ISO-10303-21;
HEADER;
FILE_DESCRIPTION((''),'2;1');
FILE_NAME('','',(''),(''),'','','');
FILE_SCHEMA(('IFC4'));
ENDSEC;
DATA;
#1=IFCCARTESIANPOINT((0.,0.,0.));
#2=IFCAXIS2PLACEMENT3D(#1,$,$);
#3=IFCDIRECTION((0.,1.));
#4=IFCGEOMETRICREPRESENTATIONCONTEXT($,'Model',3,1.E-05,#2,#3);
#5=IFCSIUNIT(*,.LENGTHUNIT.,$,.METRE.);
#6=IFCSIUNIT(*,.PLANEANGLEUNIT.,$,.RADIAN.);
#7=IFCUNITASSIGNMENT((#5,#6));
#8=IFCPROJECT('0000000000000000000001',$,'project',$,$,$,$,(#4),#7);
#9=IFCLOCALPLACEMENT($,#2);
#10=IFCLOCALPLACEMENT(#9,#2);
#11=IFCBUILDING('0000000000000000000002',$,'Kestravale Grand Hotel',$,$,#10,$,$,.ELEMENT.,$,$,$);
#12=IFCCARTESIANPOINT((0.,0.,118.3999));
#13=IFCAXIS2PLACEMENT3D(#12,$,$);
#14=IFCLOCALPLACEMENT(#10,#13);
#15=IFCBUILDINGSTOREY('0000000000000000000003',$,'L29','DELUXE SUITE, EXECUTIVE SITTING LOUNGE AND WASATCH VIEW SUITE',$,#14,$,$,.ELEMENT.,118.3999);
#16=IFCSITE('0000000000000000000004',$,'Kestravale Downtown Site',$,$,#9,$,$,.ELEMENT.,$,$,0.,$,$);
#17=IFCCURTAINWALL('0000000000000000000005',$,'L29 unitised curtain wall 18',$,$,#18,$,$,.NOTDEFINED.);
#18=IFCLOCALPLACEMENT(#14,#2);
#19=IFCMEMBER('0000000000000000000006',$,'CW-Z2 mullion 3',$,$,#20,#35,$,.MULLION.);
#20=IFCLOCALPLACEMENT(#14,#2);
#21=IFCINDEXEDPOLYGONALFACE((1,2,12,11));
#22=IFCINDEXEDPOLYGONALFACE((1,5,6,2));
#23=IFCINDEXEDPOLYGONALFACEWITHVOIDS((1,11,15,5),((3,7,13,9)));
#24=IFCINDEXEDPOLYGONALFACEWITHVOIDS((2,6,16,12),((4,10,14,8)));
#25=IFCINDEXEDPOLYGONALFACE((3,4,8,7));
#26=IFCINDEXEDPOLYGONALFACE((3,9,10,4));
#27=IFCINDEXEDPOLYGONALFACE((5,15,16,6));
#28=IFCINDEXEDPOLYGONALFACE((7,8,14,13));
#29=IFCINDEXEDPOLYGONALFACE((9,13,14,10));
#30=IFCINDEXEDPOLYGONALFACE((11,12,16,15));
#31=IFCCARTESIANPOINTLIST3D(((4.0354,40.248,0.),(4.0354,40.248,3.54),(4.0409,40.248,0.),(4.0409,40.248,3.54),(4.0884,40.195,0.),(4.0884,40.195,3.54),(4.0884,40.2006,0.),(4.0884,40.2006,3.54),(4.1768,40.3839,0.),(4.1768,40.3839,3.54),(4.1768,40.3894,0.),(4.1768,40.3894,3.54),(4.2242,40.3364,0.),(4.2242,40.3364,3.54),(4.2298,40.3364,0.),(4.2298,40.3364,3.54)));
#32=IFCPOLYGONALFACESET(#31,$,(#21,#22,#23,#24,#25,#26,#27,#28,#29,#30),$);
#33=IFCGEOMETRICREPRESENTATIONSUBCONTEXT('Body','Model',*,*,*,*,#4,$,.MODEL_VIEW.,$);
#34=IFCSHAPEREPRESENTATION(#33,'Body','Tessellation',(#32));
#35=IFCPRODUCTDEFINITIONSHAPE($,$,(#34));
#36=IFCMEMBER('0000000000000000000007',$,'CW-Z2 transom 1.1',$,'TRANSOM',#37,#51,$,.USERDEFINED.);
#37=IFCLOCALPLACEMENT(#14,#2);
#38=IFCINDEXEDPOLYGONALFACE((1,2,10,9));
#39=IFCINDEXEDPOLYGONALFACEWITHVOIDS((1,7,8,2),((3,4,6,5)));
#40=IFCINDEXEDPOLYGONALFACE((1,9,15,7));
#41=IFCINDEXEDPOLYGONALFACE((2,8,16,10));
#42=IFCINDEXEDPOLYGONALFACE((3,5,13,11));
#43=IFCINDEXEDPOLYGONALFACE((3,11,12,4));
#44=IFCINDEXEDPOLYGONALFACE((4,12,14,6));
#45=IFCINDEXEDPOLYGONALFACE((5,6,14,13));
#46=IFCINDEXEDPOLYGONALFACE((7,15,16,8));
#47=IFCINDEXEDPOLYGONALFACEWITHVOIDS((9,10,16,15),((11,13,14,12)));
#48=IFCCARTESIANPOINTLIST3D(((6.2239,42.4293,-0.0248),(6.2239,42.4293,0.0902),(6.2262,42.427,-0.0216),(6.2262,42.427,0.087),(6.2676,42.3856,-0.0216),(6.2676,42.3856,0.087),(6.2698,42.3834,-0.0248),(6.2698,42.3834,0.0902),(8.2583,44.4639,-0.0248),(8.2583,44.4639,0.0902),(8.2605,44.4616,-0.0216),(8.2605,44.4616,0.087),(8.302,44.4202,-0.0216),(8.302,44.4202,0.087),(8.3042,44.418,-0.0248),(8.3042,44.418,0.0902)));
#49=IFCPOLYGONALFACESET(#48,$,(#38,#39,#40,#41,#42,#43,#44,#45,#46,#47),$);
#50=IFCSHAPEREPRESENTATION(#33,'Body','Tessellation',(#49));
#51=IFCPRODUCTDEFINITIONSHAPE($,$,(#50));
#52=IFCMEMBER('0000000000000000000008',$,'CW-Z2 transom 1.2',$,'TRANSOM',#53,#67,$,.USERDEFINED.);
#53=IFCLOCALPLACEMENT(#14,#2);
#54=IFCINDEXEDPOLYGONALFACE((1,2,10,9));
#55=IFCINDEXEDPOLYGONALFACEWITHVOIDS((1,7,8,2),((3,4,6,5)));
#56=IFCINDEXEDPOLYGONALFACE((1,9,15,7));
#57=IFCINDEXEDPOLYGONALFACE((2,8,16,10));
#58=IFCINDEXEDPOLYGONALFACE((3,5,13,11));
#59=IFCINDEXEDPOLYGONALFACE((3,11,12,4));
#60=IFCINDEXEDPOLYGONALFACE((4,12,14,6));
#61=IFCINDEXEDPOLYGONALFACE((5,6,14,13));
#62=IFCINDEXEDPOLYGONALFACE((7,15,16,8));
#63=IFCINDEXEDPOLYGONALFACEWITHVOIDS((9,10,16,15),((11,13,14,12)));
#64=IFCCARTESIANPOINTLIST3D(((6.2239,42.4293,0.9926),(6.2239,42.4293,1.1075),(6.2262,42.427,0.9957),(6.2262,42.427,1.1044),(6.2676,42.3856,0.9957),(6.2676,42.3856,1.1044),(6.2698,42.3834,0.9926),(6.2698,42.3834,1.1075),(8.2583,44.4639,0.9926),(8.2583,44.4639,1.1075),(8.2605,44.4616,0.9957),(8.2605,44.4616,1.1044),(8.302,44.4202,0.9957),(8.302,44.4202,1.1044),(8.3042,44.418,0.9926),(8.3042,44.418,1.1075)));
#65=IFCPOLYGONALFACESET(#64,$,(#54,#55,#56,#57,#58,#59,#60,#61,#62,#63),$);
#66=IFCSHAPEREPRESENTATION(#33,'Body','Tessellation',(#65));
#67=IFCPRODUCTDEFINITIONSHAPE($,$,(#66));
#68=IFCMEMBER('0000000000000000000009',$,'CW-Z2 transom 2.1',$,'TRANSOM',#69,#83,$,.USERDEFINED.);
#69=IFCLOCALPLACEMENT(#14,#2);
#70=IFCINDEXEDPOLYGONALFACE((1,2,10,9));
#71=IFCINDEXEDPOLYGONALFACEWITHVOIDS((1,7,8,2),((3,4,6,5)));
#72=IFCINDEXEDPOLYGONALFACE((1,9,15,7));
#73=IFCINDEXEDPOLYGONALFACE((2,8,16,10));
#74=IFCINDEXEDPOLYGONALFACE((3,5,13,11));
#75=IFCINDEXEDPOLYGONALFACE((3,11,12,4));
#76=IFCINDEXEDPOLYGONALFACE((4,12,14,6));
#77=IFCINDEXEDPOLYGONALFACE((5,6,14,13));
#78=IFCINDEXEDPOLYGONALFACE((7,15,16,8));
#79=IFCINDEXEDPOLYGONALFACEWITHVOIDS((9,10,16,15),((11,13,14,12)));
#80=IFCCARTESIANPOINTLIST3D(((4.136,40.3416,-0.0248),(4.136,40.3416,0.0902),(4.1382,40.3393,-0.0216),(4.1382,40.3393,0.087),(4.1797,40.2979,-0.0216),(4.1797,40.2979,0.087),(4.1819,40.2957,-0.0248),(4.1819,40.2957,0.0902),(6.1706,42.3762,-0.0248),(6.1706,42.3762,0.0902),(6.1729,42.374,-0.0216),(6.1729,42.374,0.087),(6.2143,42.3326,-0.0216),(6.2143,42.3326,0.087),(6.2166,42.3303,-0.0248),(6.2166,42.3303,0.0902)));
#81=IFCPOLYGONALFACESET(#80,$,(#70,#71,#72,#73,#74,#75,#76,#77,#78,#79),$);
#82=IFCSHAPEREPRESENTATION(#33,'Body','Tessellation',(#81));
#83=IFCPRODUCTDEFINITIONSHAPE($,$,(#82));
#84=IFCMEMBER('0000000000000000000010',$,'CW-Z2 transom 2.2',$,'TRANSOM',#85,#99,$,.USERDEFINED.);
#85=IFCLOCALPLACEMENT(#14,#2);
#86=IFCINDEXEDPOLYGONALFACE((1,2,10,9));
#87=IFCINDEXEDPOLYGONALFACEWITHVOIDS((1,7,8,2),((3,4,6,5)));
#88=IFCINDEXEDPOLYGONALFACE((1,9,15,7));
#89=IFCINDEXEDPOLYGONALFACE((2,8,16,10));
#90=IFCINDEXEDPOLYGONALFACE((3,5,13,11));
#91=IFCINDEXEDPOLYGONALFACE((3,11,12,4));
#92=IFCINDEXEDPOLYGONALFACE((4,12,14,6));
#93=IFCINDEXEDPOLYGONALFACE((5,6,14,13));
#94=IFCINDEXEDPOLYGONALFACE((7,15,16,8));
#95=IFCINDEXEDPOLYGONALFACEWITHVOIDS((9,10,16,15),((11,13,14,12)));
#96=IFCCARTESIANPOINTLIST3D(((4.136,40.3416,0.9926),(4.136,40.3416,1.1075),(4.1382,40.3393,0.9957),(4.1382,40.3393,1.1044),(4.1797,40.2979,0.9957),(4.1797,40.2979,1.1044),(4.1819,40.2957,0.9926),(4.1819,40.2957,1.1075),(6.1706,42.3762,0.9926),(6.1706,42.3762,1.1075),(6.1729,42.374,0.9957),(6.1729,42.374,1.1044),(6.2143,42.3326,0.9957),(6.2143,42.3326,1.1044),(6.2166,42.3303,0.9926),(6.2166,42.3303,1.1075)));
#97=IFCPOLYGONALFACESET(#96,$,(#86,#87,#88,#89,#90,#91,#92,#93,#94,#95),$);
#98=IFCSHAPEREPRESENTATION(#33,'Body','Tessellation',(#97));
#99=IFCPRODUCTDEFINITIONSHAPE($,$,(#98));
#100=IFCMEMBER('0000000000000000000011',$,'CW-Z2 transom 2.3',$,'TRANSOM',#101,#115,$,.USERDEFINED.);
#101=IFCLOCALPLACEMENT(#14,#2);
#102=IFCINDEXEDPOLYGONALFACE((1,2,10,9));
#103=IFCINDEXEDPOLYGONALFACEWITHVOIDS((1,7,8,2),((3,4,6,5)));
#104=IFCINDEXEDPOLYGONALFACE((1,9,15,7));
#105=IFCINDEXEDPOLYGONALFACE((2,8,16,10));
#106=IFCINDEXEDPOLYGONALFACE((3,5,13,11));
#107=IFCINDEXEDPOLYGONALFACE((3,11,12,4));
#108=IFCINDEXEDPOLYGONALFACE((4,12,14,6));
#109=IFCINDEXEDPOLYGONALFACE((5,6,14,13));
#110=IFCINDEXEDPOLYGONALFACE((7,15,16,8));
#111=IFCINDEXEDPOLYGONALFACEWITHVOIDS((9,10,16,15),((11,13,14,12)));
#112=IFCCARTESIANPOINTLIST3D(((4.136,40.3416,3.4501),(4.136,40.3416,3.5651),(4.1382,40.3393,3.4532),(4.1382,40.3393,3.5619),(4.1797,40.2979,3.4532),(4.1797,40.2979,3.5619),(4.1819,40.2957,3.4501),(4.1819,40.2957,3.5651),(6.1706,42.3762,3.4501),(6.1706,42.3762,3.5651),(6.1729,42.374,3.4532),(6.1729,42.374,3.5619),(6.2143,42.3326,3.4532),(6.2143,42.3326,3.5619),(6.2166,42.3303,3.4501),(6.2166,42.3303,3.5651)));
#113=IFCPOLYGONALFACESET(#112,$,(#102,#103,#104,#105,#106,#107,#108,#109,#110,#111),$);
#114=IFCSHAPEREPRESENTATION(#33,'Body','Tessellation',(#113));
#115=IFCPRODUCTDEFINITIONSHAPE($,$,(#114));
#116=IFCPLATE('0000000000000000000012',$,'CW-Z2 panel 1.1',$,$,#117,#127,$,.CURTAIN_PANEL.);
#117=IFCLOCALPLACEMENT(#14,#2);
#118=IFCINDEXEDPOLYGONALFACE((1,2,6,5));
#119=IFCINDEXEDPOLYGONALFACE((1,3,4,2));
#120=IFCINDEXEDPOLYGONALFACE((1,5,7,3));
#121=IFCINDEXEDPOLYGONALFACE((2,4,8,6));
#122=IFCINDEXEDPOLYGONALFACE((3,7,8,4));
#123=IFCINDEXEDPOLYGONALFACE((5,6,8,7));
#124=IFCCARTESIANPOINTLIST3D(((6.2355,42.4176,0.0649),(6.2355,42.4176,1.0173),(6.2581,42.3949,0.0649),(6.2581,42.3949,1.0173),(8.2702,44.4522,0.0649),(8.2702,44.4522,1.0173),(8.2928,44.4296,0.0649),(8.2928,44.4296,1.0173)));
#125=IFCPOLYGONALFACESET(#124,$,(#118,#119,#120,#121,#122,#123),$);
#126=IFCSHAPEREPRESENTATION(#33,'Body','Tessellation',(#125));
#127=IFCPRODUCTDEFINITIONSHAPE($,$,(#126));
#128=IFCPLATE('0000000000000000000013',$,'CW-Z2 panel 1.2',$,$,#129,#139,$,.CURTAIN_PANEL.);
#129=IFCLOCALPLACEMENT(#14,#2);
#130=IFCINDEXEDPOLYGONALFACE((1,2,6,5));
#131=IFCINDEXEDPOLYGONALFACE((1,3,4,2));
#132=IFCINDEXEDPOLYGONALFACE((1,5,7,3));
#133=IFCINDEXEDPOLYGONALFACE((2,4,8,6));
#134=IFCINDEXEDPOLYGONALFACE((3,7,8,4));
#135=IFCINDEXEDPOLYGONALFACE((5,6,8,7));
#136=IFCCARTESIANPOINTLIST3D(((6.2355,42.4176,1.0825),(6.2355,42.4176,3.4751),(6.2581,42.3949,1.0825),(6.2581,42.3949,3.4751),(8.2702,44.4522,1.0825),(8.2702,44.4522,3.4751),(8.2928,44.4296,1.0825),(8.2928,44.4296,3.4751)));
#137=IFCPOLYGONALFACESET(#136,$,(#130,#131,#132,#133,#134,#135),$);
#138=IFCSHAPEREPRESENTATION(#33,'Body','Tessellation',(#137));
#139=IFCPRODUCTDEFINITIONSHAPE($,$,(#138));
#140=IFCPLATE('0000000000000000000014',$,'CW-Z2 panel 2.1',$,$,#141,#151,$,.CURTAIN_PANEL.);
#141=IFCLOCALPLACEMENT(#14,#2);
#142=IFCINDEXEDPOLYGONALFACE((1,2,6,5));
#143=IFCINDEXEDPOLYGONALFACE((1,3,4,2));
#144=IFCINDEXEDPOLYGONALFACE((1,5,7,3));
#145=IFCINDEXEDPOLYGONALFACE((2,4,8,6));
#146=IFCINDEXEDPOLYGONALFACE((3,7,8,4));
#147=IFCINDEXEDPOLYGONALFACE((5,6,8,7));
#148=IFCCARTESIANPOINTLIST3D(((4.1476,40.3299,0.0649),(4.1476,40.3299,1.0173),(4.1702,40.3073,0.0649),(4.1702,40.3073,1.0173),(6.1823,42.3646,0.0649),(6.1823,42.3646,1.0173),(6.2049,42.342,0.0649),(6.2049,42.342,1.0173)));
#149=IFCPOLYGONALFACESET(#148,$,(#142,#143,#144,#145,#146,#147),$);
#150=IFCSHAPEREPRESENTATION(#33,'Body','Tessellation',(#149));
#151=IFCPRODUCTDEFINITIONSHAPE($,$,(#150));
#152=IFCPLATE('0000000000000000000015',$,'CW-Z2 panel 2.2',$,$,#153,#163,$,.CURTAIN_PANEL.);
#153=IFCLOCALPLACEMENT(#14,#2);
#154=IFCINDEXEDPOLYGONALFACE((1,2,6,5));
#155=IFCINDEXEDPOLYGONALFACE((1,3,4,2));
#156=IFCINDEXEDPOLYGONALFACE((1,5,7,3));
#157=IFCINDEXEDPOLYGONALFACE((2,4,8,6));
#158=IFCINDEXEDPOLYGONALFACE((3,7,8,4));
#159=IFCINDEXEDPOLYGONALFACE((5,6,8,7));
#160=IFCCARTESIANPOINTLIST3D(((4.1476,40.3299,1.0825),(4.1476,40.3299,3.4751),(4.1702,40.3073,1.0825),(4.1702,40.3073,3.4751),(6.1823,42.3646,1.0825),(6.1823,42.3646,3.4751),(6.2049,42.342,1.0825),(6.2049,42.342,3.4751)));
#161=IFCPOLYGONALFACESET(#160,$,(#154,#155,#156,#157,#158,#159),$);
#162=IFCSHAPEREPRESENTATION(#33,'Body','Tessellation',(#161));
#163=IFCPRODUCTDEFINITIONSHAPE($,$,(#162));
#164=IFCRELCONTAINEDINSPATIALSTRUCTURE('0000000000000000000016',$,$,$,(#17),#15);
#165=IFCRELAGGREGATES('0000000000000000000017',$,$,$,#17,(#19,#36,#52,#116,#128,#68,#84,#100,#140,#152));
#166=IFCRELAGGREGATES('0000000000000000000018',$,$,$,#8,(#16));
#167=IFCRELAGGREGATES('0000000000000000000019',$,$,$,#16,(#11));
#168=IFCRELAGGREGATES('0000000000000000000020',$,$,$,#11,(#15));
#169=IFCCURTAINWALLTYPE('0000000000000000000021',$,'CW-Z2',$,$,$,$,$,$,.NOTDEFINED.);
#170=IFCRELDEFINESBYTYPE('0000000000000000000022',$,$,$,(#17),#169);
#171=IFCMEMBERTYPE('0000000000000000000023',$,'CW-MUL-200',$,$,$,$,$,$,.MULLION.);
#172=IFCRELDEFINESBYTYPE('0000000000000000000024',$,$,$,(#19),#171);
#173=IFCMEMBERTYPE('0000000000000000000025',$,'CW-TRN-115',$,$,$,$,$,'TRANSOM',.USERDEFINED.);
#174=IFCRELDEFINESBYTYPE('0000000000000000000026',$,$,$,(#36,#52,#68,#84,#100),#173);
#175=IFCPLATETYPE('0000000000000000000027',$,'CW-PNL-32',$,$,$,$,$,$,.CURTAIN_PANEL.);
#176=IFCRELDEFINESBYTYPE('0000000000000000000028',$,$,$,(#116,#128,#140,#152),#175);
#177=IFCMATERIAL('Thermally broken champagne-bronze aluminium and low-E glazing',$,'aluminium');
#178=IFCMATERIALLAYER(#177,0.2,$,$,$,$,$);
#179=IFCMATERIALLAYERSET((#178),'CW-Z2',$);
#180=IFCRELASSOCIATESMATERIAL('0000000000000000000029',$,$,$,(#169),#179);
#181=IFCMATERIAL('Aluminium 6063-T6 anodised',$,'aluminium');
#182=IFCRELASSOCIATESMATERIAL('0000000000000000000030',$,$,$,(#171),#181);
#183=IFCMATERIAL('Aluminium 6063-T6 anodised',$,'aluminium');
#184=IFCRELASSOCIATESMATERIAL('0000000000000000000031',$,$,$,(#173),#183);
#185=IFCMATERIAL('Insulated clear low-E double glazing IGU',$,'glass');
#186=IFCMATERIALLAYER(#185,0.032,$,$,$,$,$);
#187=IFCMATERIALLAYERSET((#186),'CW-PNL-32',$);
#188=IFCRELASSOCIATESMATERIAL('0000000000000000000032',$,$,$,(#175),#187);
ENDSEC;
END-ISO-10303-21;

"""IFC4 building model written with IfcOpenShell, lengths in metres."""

from ifc_helpers import new_model, si_unit, direction, frame, origin, origin_2d, place, context, subcontext, project, spatial, rectangle, hollow_rectangle, extrude, material, layer, layer_set, material_profile, profile_set, type_object, element, aggregate, save


model = new_model("IFC4")

# Units and contexts
model_context = context("Model", 3, precision=1e-05, world=origin(), true_north=direction((0.0, 1.0)))
body_context = subcontext(model_context, "Body", "Model", "MODEL_VIEW")
ifc_project = project(units=[si_unit("LENGTHUNIT", "METRE"), si_unit("PLANEANGLEUNIT", "RADIAN")], contexts=[model_context])

# Site, building, storey
site_placement = place(None, origin())
site = spatial("IfcSite", under=ifc_project, at=site_placement, Name="Kestravale Downtown Site", CompositionType="ELEMENT", RefElevation=0.0)
building_placement = place(site_placement, origin())
building = spatial("IfcBuilding", under=site, at=building_placement, Name="Kestravale Grand Hotel", CompositionType="ELEMENT")
storey_placement = place(building_placement, frame((0.0, 0.0, 118.3999)))
storey = spatial("IfcBuildingStorey", under=building, at=storey_placement, Name="L29", Description="DELUXE SUITE, EXECUTIVE SITTING LOUNGE AND WASATCH VIEW SUITE", CompositionType="ELEMENT", Elevation=118.3999)

# Curtain wall, members, plates
ifc_material_1 = material(Name="Thermally broken champagne-bronze aluminium and low-E glazing", Category="aluminium")
ifc_layer_1 = layer(ifc_material_1, 0.2)
ifc_layer_set_1 = layer_set([ifc_layer_1], Name="CW-Z2")
curtain_wall_type = type_object("IfcCurtainWallType", Name="CW-Z2", PredefinedType="NOTDEFINED", material=ifc_layer_set_1)
curtain_wall_placement = place(storey_placement, origin())
curtain_wall = element("IfcCurtainWall", 1, at=curtain_wall_placement, inside=storey, type_object=curtain_wall_type, Name="L29 unitised curtain wall 18", PredefinedType="NOTDEFINED")
ifc_material_2 = material(Name="Aluminium 6063-T6 anodised", Category="aluminium")
ifc_material_profile_1 = material_profile(ifc_material_2, hollow_rectangle(XDim=0.075, YDim=0.2, WallThickness=0.0039, at=origin_2d()))
ifc_profile_set_1 = profile_set([ifc_material_profile_1], Name="Aluminium 6063-T6 anodised")
member_type_1 = type_object("IfcMemberType", Name="CW-MUL-200", PredefinedType="MULLION", material=ifc_profile_set_1)
member_1_placement = place(storey_placement, frame((4.1326, 40.2922, 0.0), z_axis=(0.0, 0.0, 1.0), x_axis=(0.707107, -0.707107, 0.0)))
member_1 = element("IfcMember", 2, at=member_1_placement, type_object=member_type_1, Name="CW-Z2 mullion 3", PredefinedType="MULLION", context=body_context, shape_type="SweptSolid", body=[
    extrude(hollow_rectangle(XDim=0.075, YDim=0.2, WallThickness=0.0039, at=origin_2d()), origin(), (0.0, 0.0, 1.0), 3.54),
])
ifc_material_3 = material(Name="Aluminium 6063-T6 anodised", Category="aluminium")
ifc_material_profile_2 = material_profile(ifc_material_3, hollow_rectangle(XDim=0.0649, YDim=0.115, WallThickness=0.0032, at=origin_2d()))
ifc_profile_set_2 = profile_set([ifc_material_profile_2], Name="Aluminium 6063-T6 anodised")
member_type_2 = type_object("IfcMemberType", Name="CW-TRN-115", ElementType="TRANSOM", PredefinedType="USERDEFINED", material=ifc_profile_set_2)
member_2_placement = place(storey_placement, frame((8.2812, 44.4409, 0.0327), z_axis=(-0.707064, -0.707149, 0.0), x_axis=(0.707149, -0.707064, 0.0)))
member_2 = element("IfcMember", 3, at=member_2_placement, type_object=member_type_2, Name="CW-Z2 transom 1.1", ObjectType="TRANSOM", PredefinedType="USERDEFINED", context=body_context, shape_type="SweptSolid", body=[
    extrude(hollow_rectangle(XDim=0.0649, YDim=0.115, WallThickness=0.0032, at=origin_2d()), origin(), (0.0, 0.0, 1.0), 2.8772),
])
member_3_placement = place(storey_placement, frame((8.2812, 44.4409, 1.05), z_axis=(-0.707064, -0.707149, 0.0), x_axis=(0.707149, -0.707064, 0.0)))
member_3 = element("IfcMember", 4, at=member_3_placement, type_object=member_type_2, Name="CW-Z2 transom 1.2", ObjectType="TRANSOM", PredefinedType="USERDEFINED", context=body_context, shape_type="SweptSolid", body=[
    extrude(hollow_rectangle(XDim=0.0649, YDim=0.115, WallThickness=0.0032, at=origin_2d()), origin(), (0.0, 0.0, 1.0), 2.8772),
])
member_4_placement = place(storey_placement, frame((6.1936, 42.3533, 0.0327), z_axis=(-0.707107, -0.707107, 0.0), x_axis=(0.707107, -0.707107, 0.0)))
member_4 = element("IfcMember", 5, at=member_4_placement, type_object=member_type_2, Name="CW-Z2 transom 2.1", ObjectType="TRANSOM", PredefinedType="USERDEFINED", context=body_context, shape_type="SweptSolid", body=[
    extrude(hollow_rectangle(XDim=0.0649, YDim=0.115, WallThickness=0.0032, at=origin_2d()), origin(), (0.0, 0.0, 1.0), 2.8774),
])
member_5_placement = place(storey_placement, frame((6.1936, 42.3533, 1.05), z_axis=(-0.707107, -0.707107, 0.0), x_axis=(0.707107, -0.707107, 0.0)))
member_5 = element("IfcMember", 6, at=member_5_placement, type_object=member_type_2, Name="CW-Z2 transom 2.2", ObjectType="TRANSOM", PredefinedType="USERDEFINED", context=body_context, shape_type="SweptSolid", body=[
    extrude(hollow_rectangle(XDim=0.0649, YDim=0.115, WallThickness=0.0032, at=origin_2d()), origin(), (0.0, 0.0, 1.0), 2.8774),
])
member_6_placement = place(storey_placement, frame((6.1936, 42.3533, 3.5076), z_axis=(-0.707107, -0.707107, 0.0), x_axis=(0.707107, -0.707107, 0.0)))
member_6 = element("IfcMember", 7, at=member_6_placement, type_object=member_type_2, Name="CW-Z2 transom 2.3", ObjectType="TRANSOM", PredefinedType="USERDEFINED", context=body_context, shape_type="SweptSolid", body=[
    extrude(hollow_rectangle(XDim=0.0649, YDim=0.115, WallThickness=0.0032, at=origin_2d()), origin(), (0.0, 0.0, 1.0), 2.8774),
])
ifc_material_4 = material(Name="Insulated clear low-E double glazing IGU", Category="glass")
ifc_layer_2 = layer(ifc_material_4, 0.032)
ifc_layer_set_2 = layer_set([ifc_layer_2], Name="CW-PNL-32")
plate_type = type_object("IfcPlateType", Name="CW-PNL-32", PredefinedType="CURTAIN_PANEL", material=ifc_layer_set_2)
plate_1_placement = place(storey_placement, frame((7.2642, 43.4236, 0.0649), z_axis=(0.0, 0.0, 1.0), x_axis=(-0.707107, -0.707107, 0.0)))
plate_1 = element("IfcPlate", 8, at=plate_1_placement, type_object=plate_type, Name="CW-Z2 panel 1.1", PredefinedType="CURTAIN_PANEL", context=body_context, shape_type="SweptSolid", body=[
    extrude(rectangle(XDim=2.8774, YDim=0.032, at=origin_2d()), origin(), (0.0, 0.0, 1.0), 0.9524),
])
plate_2_placement = place(storey_placement, frame((7.2642, 43.4236, 1.0825), z_axis=(0.0, 0.0, 1.0), x_axis=(-0.707107, -0.707107, 0.0)))
plate_2 = element("IfcPlate", 9, at=plate_2_placement, type_object=plate_type, Name="CW-Z2 panel 1.2", PredefinedType="CURTAIN_PANEL", context=body_context, shape_type="SweptSolid", body=[
    extrude(rectangle(XDim=2.8774, YDim=0.032, at=origin_2d()), origin(), (0.0, 0.0, 1.0), 2.3926),
])
plate_3_placement = place(storey_placement, frame((5.1763, 41.3359, 0.0649), z_axis=(0.0, 0.0, 1.0), x_axis=(-0.707107, -0.707107, 0.0)))
plate_3 = element("IfcPlate", 10, at=plate_3_placement, type_object=plate_type, Name="CW-Z2 panel 2.1", PredefinedType="CURTAIN_PANEL", context=body_context, shape_type="SweptSolid", body=[
    extrude(rectangle(XDim=2.8774, YDim=0.032, at=origin_2d()), origin(), (0.0, 0.0, 1.0), 0.9524),
])
plate_4_placement = place(storey_placement, frame((5.1763, 41.3359, 1.0825), z_axis=(0.0, 0.0, 1.0), x_axis=(-0.707107, -0.707107, 0.0)))
plate_4 = element("IfcPlate", 11, at=plate_4_placement, type_object=plate_type, Name="CW-Z2 panel 2.2", PredefinedType="CURTAIN_PANEL", context=body_context, shape_type="SweptSolid", body=[
    extrude(rectangle(XDim=2.8774, YDim=0.032, at=origin_2d()), origin(), (0.0, 0.0, 1.0), 2.3926),
])
aggregate(curtain_wall, [member_1, member_2, member_3, plate_1, plate_2, member_4, member_5, member_6, plate_3, plate_4])

save(model, "model.ifc")
